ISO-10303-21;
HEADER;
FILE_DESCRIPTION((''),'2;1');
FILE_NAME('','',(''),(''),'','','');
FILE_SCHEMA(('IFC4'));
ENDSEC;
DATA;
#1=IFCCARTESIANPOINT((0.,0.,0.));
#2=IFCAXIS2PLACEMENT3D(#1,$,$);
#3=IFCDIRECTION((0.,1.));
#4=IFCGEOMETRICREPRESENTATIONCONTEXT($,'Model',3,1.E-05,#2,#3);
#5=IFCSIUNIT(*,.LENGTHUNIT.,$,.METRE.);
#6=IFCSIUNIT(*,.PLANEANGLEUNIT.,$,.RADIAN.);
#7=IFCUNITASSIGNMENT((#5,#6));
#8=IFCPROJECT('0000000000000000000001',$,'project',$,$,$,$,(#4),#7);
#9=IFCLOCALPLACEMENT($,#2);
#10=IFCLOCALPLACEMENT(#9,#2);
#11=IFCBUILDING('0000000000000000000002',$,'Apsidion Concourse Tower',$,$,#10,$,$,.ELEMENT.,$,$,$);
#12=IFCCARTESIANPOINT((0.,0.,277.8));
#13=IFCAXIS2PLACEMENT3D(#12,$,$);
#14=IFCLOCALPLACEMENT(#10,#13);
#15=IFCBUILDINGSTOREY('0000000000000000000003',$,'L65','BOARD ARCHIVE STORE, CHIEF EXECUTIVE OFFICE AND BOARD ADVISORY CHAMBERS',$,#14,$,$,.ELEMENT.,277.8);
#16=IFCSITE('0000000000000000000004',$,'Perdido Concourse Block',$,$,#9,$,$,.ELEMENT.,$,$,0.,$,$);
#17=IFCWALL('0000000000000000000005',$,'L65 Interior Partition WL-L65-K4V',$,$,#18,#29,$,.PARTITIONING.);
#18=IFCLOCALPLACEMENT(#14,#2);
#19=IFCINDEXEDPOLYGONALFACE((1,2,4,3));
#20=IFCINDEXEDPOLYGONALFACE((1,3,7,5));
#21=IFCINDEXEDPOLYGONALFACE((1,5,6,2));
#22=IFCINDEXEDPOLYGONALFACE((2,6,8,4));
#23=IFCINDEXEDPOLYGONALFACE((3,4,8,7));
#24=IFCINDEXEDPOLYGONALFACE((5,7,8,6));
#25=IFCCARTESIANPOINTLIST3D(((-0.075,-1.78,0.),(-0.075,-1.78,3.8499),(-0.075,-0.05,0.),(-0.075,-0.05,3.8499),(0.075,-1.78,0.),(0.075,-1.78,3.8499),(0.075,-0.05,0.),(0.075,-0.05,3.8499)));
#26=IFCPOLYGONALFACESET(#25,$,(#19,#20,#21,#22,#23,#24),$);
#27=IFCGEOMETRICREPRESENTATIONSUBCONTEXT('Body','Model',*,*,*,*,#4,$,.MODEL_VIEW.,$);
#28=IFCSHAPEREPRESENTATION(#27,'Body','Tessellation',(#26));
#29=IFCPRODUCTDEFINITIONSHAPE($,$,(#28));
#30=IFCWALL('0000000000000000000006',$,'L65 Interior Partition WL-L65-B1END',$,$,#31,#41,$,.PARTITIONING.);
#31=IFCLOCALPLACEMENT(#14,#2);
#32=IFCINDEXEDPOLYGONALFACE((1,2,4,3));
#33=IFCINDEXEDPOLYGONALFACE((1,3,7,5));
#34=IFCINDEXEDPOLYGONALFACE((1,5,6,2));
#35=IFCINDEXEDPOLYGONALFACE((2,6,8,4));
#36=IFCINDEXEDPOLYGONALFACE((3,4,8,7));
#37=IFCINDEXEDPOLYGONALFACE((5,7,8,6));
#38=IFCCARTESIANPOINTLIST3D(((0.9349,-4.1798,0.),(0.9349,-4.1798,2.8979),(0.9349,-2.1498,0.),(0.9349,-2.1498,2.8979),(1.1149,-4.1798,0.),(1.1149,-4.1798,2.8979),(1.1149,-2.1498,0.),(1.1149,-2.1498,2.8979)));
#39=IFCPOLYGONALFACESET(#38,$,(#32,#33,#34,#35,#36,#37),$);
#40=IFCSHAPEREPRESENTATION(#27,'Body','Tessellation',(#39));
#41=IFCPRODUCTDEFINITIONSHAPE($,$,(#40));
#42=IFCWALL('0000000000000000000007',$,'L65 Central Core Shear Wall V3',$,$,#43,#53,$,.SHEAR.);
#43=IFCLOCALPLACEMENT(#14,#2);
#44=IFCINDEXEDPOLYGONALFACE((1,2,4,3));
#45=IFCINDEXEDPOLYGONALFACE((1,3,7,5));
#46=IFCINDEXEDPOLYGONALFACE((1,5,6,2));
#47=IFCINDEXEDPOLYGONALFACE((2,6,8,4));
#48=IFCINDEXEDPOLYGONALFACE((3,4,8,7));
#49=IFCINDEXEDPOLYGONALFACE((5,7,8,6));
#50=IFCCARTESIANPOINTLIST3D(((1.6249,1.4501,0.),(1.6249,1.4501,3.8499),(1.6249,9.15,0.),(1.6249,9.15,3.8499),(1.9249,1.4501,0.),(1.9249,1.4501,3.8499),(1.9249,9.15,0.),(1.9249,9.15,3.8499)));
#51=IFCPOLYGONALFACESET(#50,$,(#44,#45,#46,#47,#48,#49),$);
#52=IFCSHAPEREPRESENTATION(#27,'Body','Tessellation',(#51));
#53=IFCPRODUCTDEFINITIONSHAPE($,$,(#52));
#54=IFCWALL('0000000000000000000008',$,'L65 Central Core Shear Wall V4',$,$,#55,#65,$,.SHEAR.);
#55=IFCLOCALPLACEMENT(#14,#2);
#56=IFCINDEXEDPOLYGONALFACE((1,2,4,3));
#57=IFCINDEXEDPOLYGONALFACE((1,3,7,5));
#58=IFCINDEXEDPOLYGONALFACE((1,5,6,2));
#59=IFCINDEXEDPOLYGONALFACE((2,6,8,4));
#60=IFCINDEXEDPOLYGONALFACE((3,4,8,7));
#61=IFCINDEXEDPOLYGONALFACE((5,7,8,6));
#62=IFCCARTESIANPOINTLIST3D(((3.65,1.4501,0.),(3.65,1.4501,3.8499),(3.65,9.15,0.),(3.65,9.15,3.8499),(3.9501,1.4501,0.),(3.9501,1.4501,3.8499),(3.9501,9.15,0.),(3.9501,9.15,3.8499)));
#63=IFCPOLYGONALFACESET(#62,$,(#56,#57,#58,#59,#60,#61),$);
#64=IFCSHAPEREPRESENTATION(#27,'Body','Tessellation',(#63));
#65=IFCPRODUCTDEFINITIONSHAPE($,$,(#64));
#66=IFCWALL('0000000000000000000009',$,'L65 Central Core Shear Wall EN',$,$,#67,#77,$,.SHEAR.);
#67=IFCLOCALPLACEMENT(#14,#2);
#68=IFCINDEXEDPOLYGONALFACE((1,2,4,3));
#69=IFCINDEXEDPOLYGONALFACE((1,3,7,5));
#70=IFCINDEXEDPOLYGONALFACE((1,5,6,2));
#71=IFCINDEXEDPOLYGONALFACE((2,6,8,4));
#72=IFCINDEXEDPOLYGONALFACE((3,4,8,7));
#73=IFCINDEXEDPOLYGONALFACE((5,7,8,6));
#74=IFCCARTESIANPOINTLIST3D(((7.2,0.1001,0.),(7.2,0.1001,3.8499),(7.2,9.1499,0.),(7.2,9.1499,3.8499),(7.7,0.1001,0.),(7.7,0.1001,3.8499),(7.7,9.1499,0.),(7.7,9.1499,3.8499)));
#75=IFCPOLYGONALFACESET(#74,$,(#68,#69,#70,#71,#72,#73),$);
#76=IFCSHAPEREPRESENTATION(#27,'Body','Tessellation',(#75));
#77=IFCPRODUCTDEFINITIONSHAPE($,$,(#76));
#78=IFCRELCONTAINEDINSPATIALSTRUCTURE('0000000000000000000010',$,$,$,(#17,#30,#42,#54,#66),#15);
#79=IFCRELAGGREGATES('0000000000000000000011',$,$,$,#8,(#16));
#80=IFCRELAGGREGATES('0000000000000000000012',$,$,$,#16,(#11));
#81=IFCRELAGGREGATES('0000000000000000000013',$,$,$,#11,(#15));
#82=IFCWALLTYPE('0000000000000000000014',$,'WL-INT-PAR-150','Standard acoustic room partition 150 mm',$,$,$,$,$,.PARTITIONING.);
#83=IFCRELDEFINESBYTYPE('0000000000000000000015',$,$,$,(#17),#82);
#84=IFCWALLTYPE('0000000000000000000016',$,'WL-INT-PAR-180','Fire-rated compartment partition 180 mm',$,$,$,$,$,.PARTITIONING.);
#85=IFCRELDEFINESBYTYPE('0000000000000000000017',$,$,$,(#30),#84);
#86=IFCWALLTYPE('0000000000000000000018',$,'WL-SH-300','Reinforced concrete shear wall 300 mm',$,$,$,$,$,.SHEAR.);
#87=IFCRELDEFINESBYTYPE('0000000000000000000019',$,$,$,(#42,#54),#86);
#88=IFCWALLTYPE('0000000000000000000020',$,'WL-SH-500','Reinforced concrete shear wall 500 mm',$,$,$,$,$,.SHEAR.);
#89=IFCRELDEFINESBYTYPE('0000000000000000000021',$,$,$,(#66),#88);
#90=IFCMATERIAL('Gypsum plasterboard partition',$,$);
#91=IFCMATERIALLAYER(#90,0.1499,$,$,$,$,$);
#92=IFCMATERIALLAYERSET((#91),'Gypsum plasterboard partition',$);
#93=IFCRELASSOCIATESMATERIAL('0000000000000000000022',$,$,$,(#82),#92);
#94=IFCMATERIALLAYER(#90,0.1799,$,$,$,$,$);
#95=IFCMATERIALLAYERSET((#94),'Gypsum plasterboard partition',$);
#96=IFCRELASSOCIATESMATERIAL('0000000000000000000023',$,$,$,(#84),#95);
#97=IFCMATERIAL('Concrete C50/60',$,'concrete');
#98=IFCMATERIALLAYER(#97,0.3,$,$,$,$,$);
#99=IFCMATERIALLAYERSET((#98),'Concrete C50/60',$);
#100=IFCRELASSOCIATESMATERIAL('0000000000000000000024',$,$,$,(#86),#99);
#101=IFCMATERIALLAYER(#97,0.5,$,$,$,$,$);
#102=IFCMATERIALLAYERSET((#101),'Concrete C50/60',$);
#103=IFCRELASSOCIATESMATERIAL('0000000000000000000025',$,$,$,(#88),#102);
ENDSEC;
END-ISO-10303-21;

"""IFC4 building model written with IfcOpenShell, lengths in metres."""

from ifc_helpers import new_model, si_unit, direction, frame, frame_2d, origin, place, context, subcontext, project, spatial, rectangle, extrude, material, layer, layer_set, type_object, element, save


model = new_model("IFC4")

# Units and contexts
model_context = context("Model", 3, precision=1e-05, world=origin(), true_north=direction((0.0, 1.0)))
body_context = subcontext(model_context, "Body", "Model", "MODEL_VIEW")
ifc_project = project(units=[si_unit("LENGTHUNIT", "METRE"), si_unit("PLANEANGLEUNIT", "RADIAN")], contexts=[model_context])

# Site, building, storey
site_placement = place(None, origin())
site = spatial("IfcSite", under=ifc_project, at=site_placement, Name="Perdido Concourse Block", CompositionType="ELEMENT", RefElevation=0.0)
building_placement = place(site_placement, origin())
building = spatial("IfcBuilding", under=site, at=building_placement, Name="Apsidion Concourse Tower", CompositionType="ELEMENT")
storey_placement = place(building_placement, frame((0.0, 0.0, 277.8)))
storey = spatial("IfcBuildingStorey", under=building, at=storey_placement, Name="L65", Description="BOARD ARCHIVE STORE, CHIEF EXECUTIVE OFFICE AND BOARD ADVISORY CHAMBERS", CompositionType="ELEMENT", Elevation=277.8)

# Shared definitions
ifc_material_1 = material(Name="Concrete C50/60", Category="concrete")

# Walls
ifc_material_2 = material(Name="Gypsum plasterboard partition")
ifc_layer_1 = layer(ifc_material_2, 0.1499)
ifc_layer_set_1 = layer_set([ifc_layer_1], Name="Gypsum plasterboard partition")
wall_type_1 = type_object("IfcWallType", Name="WL-INT-PAR-150", Description="Standard acoustic room partition 150 mm", PredefinedType="PARTITIONING", material=ifc_layer_set_1)
wall_1_placement = place(storey_placement, frame((0.0, -1.78, 0.0), z_axis=(0.0, 0.0, 1.0), x_axis=(0.0, 1.0, 0.0)))
element("IfcWall", 1, at=wall_1_placement, inside=storey, type_object=wall_type_1, Name="L65 Interior Partition WL-L65-K4V", PredefinedType="PARTITIONING", context=body_context, shape_type="SweptSolid", body=[
    extrude(rectangle(XDim=1.73, YDim=0.1499, at=frame_2d((0.865, 0.0))), origin(), (0.0, 0.0, 1.0), 3.8499),
])
ifc_layer_2 = layer(ifc_material_2, 0.1799)
ifc_layer_set_2 = layer_set([ifc_layer_2], Name="Gypsum plasterboard partition")
wall_type_2 = type_object("IfcWallType", Name="WL-INT-PAR-180", Description="Fire-rated compartment partition 180 mm", PredefinedType="PARTITIONING", material=ifc_layer_set_2)
wall_2_placement = place(storey_placement, frame((1.0249, -4.1799, 0.0), z_axis=(0.0, 0.0, 1.0), x_axis=(0.0, 1.0, 0.0)))
element("IfcWall", 2, at=wall_2_placement, inside=storey, type_object=wall_type_2, Name="L65 Interior Partition WL-L65-B1END", PredefinedType="PARTITIONING", context=body_context, shape_type="SweptSolid", body=[
    extrude(rectangle(XDim=2.03, YDim=0.1799, at=frame_2d((1.0151, 0.0))), origin(), (0.0, 0.0, 1.0), 2.8979),
])

# Walls
ifc_layer_3 = layer(ifc_material_1, 0.3)
ifc_layer_set_3 = layer_set([ifc_layer_3], Name="Concrete C50/60")
wall_type_3 = type_object("IfcWallType", Name="WL-SH-300", Description="Reinforced concrete shear wall 300 mm", PredefinedType="SHEAR", material=ifc_layer_set_3)
for number, where, z_axis, x_axis, name in (
    (3, (1.7749, 1.45, 0.0), (0.0, 0.0, 1.0), (0.0, 1.0, 0.0), "L65 Central Core Shear Wall V3"),
    (4, (3.8, 1.45, 0.0), (0.0, 0.0, 1.0), (0.0, 1.0, 0.0), "L65 Central Core Shear Wall V4"),
):
    element("IfcWall", number, at=place(storey_placement, frame(where, z_axis=z_axis, x_axis=x_axis)), inside=storey, type_object=wall_type_3, Name=name, PredefinedType="SHEAR", context=body_context, shape_type="SweptSolid", body=[
        extrude(rectangle(XDim=7.7, YDim=0.3, at=frame_2d((3.8501, 0.0))), origin(), (0.0, 0.0, 1.0), 3.8499),
    ])
ifc_layer_4 = layer(ifc_material_1, 0.5)
ifc_layer_set_4 = layer_set([ifc_layer_4], Name="Concrete C50/60")
wall_type_4 = type_object("IfcWallType", Name="WL-SH-500", Description="Reinforced concrete shear wall 500 mm", PredefinedType="SHEAR", material=ifc_layer_set_4)
wall_3_placement = place(storey_placement, frame((7.45, 0.1001, 0.0), z_axis=(0.0, 0.0, 1.0), x_axis=(0.0, 1.0, 0.0)))
element("IfcWall", 5, at=wall_3_placement, inside=storey, type_object=wall_type_4, Name="L65 Central Core Shear Wall EN", PredefinedType="SHEAR", context=body_context, shape_type="SweptSolid", body=[
    extrude(rectangle(XDim=9.0498, YDim=0.5, at=frame_2d((4.5249, 0.0))), origin(), (0.0, 0.0, 1.0), 3.8499),
])

save(model, "model.ifc")
